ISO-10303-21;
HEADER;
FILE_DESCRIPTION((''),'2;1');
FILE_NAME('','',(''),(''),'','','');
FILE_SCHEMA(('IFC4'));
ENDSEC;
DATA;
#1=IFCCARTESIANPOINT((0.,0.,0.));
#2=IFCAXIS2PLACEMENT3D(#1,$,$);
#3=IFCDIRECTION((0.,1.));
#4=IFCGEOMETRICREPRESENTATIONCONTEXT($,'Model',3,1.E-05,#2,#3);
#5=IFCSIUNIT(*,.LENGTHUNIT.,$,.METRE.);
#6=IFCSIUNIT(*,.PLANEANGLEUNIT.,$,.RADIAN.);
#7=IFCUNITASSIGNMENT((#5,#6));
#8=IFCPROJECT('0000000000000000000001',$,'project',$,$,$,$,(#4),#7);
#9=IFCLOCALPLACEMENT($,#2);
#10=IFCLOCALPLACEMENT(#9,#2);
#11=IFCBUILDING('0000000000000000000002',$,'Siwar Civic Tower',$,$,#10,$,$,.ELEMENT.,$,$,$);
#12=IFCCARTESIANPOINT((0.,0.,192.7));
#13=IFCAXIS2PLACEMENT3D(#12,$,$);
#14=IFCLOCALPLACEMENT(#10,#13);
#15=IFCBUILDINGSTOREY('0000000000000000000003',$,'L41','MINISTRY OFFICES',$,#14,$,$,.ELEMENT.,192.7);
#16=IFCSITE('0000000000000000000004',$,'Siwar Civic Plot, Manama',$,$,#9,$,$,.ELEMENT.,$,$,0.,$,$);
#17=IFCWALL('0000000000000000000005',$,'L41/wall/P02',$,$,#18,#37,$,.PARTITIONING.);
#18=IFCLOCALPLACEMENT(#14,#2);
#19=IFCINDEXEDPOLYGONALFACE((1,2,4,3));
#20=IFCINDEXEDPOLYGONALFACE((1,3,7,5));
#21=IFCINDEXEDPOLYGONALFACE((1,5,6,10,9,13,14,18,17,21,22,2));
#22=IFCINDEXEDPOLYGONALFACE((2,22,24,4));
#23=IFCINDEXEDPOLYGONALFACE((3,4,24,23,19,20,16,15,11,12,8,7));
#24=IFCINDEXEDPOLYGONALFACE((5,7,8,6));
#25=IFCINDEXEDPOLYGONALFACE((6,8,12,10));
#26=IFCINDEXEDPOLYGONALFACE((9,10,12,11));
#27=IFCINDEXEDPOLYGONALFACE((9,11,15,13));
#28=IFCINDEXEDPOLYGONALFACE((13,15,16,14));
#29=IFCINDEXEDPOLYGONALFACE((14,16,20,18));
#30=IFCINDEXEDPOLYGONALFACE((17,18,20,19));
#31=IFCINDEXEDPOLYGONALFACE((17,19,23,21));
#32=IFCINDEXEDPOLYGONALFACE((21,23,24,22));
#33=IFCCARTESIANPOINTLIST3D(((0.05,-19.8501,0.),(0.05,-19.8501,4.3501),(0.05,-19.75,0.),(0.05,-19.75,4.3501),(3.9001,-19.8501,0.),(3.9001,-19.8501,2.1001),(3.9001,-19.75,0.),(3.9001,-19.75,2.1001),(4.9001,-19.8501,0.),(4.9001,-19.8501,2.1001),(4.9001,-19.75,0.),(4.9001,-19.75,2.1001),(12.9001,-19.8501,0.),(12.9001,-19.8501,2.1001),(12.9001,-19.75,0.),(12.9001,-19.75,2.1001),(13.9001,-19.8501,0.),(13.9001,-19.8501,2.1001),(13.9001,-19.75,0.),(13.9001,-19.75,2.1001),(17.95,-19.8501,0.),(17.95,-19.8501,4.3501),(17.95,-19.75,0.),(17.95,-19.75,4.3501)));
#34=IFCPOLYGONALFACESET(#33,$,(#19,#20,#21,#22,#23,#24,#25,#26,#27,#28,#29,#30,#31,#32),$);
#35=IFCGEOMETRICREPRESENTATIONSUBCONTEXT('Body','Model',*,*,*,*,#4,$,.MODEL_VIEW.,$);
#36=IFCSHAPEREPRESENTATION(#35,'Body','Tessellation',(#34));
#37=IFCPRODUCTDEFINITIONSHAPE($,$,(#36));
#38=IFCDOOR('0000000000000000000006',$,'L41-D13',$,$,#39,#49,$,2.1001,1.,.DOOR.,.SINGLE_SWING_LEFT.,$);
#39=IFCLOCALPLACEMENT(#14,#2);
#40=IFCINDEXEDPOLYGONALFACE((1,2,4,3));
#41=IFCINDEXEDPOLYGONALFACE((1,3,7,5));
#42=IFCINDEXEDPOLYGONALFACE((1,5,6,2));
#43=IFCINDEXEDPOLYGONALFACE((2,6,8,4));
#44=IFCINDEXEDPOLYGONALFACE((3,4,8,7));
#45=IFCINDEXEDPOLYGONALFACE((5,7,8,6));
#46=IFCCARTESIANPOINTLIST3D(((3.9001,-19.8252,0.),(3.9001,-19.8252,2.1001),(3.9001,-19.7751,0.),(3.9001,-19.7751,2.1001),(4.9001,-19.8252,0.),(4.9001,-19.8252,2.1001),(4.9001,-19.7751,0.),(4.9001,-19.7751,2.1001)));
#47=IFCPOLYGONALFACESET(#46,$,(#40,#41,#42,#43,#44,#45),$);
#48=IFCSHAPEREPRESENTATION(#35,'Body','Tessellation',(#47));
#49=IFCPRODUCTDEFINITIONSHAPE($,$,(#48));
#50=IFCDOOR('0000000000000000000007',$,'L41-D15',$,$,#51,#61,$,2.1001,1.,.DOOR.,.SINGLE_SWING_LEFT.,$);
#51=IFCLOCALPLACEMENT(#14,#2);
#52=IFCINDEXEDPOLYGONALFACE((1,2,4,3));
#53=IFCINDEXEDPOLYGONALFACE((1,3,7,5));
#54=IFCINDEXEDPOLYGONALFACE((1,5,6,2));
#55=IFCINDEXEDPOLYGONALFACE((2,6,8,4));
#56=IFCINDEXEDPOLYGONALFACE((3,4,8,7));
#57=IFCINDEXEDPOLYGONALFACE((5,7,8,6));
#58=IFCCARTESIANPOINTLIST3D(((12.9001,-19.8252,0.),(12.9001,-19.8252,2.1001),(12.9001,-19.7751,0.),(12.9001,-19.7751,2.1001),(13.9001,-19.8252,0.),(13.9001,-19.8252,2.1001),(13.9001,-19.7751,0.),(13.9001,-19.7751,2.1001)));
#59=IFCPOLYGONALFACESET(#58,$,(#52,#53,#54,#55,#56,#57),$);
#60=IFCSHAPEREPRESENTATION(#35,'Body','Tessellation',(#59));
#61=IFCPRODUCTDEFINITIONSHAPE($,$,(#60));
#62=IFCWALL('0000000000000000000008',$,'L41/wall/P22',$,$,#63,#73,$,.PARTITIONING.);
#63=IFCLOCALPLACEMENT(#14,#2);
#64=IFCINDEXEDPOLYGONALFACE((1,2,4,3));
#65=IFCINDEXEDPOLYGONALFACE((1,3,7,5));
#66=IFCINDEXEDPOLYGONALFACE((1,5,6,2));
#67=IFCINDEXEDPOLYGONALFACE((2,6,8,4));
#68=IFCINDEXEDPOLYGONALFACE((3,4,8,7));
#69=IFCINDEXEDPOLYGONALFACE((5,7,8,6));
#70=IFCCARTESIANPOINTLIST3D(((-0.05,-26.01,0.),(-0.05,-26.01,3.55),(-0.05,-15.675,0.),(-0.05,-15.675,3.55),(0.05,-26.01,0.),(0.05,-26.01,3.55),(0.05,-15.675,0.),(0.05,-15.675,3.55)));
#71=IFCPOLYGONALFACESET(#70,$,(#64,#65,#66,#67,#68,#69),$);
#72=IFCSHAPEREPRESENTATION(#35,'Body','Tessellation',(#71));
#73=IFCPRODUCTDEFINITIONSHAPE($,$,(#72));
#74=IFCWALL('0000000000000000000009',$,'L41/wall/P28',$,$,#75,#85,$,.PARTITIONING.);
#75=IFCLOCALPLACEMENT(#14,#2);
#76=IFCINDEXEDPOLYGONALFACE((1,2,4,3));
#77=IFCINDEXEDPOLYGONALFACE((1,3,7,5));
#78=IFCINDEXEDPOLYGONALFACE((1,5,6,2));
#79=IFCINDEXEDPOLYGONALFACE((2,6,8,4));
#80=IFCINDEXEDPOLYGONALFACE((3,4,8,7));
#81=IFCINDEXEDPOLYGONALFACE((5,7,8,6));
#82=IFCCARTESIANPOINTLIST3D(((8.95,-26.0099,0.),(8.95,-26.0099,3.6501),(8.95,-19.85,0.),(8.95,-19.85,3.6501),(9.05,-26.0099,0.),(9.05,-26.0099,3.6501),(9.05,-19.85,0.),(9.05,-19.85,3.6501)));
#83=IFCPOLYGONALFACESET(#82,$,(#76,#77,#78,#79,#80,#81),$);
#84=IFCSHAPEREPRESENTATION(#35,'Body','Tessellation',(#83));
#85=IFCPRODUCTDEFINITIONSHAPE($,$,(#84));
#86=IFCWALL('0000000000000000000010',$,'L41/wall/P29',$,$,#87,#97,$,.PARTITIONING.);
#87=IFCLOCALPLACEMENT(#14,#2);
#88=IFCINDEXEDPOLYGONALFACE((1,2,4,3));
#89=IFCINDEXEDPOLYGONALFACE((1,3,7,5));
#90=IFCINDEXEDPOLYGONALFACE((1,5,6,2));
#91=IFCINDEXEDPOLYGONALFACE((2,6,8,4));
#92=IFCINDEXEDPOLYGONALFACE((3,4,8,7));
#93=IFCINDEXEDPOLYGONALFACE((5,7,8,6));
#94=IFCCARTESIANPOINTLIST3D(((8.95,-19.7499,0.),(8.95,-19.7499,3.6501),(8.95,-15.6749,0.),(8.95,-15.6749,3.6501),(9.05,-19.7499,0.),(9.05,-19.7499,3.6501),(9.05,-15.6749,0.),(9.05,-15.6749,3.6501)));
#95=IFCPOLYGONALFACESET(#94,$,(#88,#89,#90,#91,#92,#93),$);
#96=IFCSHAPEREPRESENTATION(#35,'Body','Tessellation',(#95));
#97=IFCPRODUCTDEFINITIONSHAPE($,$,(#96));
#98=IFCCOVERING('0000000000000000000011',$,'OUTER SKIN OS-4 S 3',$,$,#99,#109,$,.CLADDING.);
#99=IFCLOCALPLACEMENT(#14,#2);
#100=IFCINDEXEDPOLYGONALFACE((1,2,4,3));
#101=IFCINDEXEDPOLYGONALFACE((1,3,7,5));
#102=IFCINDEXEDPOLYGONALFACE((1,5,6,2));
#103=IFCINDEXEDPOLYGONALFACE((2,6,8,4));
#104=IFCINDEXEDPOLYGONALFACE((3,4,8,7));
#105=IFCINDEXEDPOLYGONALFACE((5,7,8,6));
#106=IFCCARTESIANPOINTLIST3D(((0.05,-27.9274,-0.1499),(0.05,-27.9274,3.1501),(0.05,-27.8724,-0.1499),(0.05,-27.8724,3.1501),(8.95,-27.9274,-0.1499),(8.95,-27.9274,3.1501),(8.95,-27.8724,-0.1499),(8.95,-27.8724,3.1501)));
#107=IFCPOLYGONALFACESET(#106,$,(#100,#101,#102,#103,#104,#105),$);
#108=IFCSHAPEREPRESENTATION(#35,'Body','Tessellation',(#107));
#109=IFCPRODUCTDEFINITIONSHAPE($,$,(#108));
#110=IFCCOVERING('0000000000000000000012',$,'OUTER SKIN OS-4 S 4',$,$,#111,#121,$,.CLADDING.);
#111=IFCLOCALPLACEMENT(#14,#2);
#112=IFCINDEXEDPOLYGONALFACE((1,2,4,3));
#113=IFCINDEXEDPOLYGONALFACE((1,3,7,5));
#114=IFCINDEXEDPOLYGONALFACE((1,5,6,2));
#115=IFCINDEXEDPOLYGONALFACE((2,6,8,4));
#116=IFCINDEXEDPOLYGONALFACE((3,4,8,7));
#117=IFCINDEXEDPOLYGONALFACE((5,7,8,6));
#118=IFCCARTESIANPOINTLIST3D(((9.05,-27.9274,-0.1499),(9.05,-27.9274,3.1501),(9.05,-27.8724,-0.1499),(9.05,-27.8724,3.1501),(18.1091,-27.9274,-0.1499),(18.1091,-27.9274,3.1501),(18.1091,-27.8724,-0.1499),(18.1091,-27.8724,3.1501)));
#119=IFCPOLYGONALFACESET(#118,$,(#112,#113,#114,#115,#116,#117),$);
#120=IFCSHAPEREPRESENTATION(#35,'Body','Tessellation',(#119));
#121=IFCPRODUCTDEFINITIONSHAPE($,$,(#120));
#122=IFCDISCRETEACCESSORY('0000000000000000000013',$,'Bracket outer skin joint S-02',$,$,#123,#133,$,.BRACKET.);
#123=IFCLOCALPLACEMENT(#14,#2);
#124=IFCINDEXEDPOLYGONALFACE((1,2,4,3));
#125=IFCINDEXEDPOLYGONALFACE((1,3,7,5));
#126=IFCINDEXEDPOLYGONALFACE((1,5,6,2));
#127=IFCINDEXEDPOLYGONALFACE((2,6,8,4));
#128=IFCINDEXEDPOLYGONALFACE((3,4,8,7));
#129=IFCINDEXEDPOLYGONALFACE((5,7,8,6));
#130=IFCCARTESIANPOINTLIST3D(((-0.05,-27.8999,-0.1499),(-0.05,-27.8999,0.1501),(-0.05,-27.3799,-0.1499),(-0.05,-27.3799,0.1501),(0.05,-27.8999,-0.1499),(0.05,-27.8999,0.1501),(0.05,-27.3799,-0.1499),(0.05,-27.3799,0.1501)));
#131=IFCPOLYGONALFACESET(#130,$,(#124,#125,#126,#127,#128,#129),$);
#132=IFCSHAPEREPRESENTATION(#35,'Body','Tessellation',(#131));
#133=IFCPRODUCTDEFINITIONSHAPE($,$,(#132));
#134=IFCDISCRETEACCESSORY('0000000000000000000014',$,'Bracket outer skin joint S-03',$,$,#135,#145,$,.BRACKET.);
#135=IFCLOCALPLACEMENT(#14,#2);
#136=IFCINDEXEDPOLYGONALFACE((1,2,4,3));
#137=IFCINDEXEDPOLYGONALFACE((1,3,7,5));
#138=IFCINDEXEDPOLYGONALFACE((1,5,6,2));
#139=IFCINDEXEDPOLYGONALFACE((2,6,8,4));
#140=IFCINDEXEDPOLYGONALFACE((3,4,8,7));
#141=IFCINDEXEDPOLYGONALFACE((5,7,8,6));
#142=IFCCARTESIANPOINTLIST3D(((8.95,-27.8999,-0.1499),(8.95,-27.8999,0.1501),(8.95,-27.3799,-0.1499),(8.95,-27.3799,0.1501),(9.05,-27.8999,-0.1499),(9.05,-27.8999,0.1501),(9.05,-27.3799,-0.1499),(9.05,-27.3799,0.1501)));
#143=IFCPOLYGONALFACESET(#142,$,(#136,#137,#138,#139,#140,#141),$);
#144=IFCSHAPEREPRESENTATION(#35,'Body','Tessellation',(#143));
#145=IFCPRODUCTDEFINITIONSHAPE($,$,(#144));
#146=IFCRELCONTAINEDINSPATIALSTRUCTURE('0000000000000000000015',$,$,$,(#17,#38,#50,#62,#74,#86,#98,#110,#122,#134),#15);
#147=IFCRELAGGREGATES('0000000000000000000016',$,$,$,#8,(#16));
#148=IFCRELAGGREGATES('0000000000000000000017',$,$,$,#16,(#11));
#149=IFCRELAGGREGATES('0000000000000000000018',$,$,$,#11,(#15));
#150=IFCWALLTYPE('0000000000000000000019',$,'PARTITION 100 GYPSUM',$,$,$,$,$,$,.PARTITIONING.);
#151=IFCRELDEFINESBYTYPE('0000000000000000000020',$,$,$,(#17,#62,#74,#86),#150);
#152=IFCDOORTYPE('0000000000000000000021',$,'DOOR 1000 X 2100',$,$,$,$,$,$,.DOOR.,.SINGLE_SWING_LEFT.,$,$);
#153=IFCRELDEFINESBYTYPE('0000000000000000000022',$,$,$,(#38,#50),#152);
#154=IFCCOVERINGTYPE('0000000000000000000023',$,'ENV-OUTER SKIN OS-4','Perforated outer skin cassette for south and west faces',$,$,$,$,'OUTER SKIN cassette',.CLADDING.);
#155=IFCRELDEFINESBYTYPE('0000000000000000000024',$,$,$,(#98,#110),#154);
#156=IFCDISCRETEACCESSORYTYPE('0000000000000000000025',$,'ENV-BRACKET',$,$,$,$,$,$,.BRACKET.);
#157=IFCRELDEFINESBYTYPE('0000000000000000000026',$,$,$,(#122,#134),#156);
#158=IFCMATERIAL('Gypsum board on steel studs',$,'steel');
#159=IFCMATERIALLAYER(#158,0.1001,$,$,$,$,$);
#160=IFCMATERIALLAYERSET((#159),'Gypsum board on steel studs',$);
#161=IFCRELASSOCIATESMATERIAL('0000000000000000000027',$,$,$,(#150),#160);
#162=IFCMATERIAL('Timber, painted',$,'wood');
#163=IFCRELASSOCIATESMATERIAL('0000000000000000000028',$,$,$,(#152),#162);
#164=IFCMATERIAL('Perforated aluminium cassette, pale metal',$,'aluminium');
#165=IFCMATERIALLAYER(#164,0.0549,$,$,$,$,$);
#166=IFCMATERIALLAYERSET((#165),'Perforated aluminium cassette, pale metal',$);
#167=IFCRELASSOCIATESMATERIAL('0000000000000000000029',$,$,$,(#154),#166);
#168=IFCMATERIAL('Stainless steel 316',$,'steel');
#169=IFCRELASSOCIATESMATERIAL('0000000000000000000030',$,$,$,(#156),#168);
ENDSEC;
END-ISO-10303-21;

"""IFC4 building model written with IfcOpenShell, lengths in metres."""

from ifc_helpers import new_model, si_unit, direction, frame, frame_2d, origin, origin_2d, place, context, subcontext, project, spatial, rectangle, extrude, material, layer, layer_set, type_object, element, fill, save


model = new_model("IFC4")

# Units and contexts
model_context = context("Model", 3, precision=1e-05, world=origin(), true_north=direction((0.0, 1.0)))
body_context = subcontext(model_context, "Body", "Model", "MODEL_VIEW")
ifc_project = project(units=[si_unit("LENGTHUNIT", "METRE"), si_unit("PLANEANGLEUNIT", "RADIAN")], contexts=[model_context])

# Site, building, storey
site_placement = place(None, origin())
site = spatial("IfcSite", under=ifc_project, at=site_placement, Name="Siwar Civic Plot, Manama", CompositionType="ELEMENT", RefElevation=0.0)
building_placement = place(site_placement, origin())
building = spatial("IfcBuilding", under=site, at=building_placement, Name="Siwar Civic Tower", CompositionType="ELEMENT")
storey_placement = place(building_placement, frame((0.0, 0.0, 192.7)))
storey = spatial("IfcBuildingStorey", under=building, at=storey_placement, Name="L41", Description="MINISTRY OFFICES", CompositionType="ELEMENT", Elevation=192.7)

# Wall, openings, doors
ifc_material_1 = material(Name="Gypsum board on steel studs", Category="steel")
ifc_layer_1 = layer(ifc_material_1, 0.1001)
ifc_layer_set_1 = layer_set([ifc_layer_1], Name="Gypsum board on steel studs")
wall_type_1 = type_object("IfcWallType", Name="PARTITION 100 GYPSUM", PredefinedType="PARTITIONING", material=ifc_layer_set_1)
wall_1_placement = place(storey_placement, frame((0.05, -19.8, 0.0), z_axis=(0.0, 0.0, 1.0), x_axis=(1.0, 0.0, 0.0)))
wall_1 = element("IfcWall", 1, at=wall_1_placement, inside=storey, type_object=wall_type_1, Name="L41/wall/P02", PredefinedType="PARTITIONING", context=body_context, shape_type="SweptSolid", body=[
    extrude(rectangle(XDim=17.8999, YDim=0.1001, at=frame_2d((8.95, 0.0))), origin(), (0.0, 0.0, 1.0), 4.3501),
])
opening_1_placement = place(wall_1_placement, frame((3.8501, 0.0, 0.0)))
opening_1 = element("IfcOpeningElement", 2, at=opening_1_placement, cuts=wall_1, PredefinedType="OPENING", context=body_context, shape_type="SweptSolid", body=[
    extrude(rectangle(XDim=1.0, YDim=2.1001, at=frame_2d((0.5, 1.05))), frame((0.0, 0.0601, 0.0), z_axis=(0.0, -1.0, 0.0), x_axis=(1.0, 0.0, 0.0)), (0.0, 0.0, 1.0), 0.1201),
])
opening_2_placement = place(wall_1_placement, frame((12.8501, 0.0, 0.0)))
opening_2 = element("IfcOpeningElement", 3, at=opening_2_placement, cuts=wall_1, PredefinedType="OPENING", context=body_context, shape_type="SweptSolid", body=[
    extrude(rectangle(XDim=1.0, YDim=2.1001, at=frame_2d((0.5, 1.05))), frame((0.0, 0.0601, 0.0), z_axis=(0.0, -1.0, 0.0), x_axis=(1.0, 0.0, 0.0)), (0.0, 0.0, 1.0), 0.1201),
])
ifc_material_2 = material(Name="Timber, painted", Category="wood")
door_type = type_object("IfcDoorType", Name="DOOR 1000 X 2100", OperationType="SINGLE_SWING_LEFT", PredefinedType="DOOR", material=ifc_material_2)
door_1_placement = place(opening_1_placement, origin())
door_1 = element("IfcDoor", 4, at=door_1_placement, inside=storey, type_object=door_type, Name="L41-D13", OperationType="SINGLE_SWING_LEFT", OverallHeight=2.1001, OverallWidth=1.0, PredefinedType="DOOR", context=body_context, shape_type="SweptSolid", body=[
    extrude(rectangle(XDim=1.0, YDim=2.1001, at=frame_2d((0.5, 1.05))), frame((0.0, 0.0249, 0.0), z_axis=(0.0, -1.0, 0.0), x_axis=(1.0, 0.0, 0.0)), (0.0, 0.0, 1.0), 0.05),
])
fill(opening_1, door_1)
door_2_placement = place(opening_2_placement, origin())
door_2 = element("IfcDoor", 5, at=door_2_placement, inside=storey, type_object=door_type, Name="L41-D15", OperationType="SINGLE_SWING_LEFT", OverallHeight=2.1001, OverallWidth=1.0, PredefinedType="DOOR", context=body_context, shape_type="SweptSolid", body=[
    extrude(rectangle(XDim=1.0, YDim=2.1001, at=frame_2d((0.5, 1.05))), frame((0.0, 0.0249, 0.0), z_axis=(0.0, -1.0, 0.0), x_axis=(1.0, 0.0, 0.0)), (0.0, 0.0, 1.0), 0.05),
])
fill(opening_2, door_2)

# Walls
wall_2_placement = place(storey_placement, frame((0.0, -26.01, 0.0), z_axis=(0.0, 0.0, 1.0), x_axis=(0.0, 1.0, 0.0)))
element("IfcWall", 6, at=wall_2_placement, inside=storey, type_object=wall_type_1, Name="L41/wall/P22", PredefinedType="PARTITIONING", context=body_context, shape_type="SweptSolid", body=[
    extrude(rectangle(XDim=10.335, YDim=0.1001, at=frame_2d((5.1675, 0.0))), origin(), (0.0, 0.0, 1.0), 3.55),
])
wall_3_placement = place(storey_placement, frame((9.0, -26.01, 0.0), z_axis=(0.0, 0.0, 1.0), x_axis=(0.0, 1.0, 0.0)))
element("IfcWall", 7, at=wall_3_placement, inside=storey, type_object=wall_type_1, Name="L41/wall/P28", PredefinedType="PARTITIONING", context=body_context, shape_type="SweptSolid", body=[
    extrude(rectangle(XDim=6.1599, YDim=0.1001, at=frame_2d((3.0801, 0.0))), origin(), (0.0, 0.0, 1.0), 3.6501),
])
wall_4_placement = place(storey_placement, frame((9.0, -19.75, 0.0), z_axis=(0.0, 0.0, 1.0), x_axis=(0.0, 1.0, 0.0)))
element("IfcWall", 8, at=wall_4_placement, inside=storey, type_object=wall_type_1, Name="L41/wall/P29", PredefinedType="PARTITIONING", context=body_context, shape_type="SweptSolid", body=[
    extrude(rectangle(XDim=4.075, YDim=0.1001, at=frame_2d((2.0376, 0.0))), origin(), (0.0, 0.0, 1.0), 3.6501),
])

# Coverings
ifc_material_3 = material(Name="Perforated aluminium cassette, pale metal", Category="aluminium")
ifc_layer_2 = layer(ifc_material_3, 0.0549)
ifc_layer_set_2 = layer_set([ifc_layer_2], Name="Perforated aluminium cassette, pale metal")
covering_type = type_object("IfcCoveringType", Name="ENV-OUTER SKIN OS-4", Description="Perforated outer skin cassette for south and west faces", ElementType="OUTER SKIN cassette", PredefinedType="CLADDING", material=ifc_layer_set_2)
covering_1_placement = place(storey_placement, frame((4.5, -27.8999, -0.1499), z_axis=(0.0, 0.0, 1.0), x_axis=(1.0, 0.0, 0.0)))
element("IfcCovering", 9, at=covering_1_placement, inside=storey, type_object=covering_type, Name="OUTER SKIN OS-4 S 3", PredefinedType="CLADDING", context=body_context, shape_type="SweptSolid", body=[
    extrude(rectangle(XDim=8.8999, YDim=0.0549, at=origin_2d()), origin(), (0.0, 0.0, 1.0), 3.3),
])
covering_2_placement = place(storey_placement, frame((13.5796, -27.8999, -0.1499), z_axis=(0.0, 0.0, 1.0), x_axis=(1.0, 0.0, 0.0)))
element("IfcCovering", 10, at=covering_2_placement, inside=storey, type_object=covering_type, Name="OUTER SKIN OS-4 S 4", PredefinedType="CLADDING", context=body_context, shape_type="SweptSolid", body=[
    extrude(rectangle(XDim=9.0591, YDim=0.0549, at=origin_2d()), origin(), (0.0, 0.0, 1.0), 3.3),
])

# Discrete accessories
ifc_material_4 = material(Name="Stainless steel 316", Category="steel")
discrete_accessory_type = type_object("IfcDiscreteAccessoryType", Name="ENV-BRACKET", PredefinedType="BRACKET", material=ifc_material_4)
for number, where, z_axis, x_axis, name in (
    (11, (0.0, -27.6399, -0.1499), (0.0, 0.0, 1.0), (0.0, -1.0, 0.0), "Bracket outer skin joint S-02"),
    (12, (9.0, -27.6399, -0.1499), (0.0, 0.0, 1.0), (0.0, -1.0, 0.0), "Bracket outer skin joint S-03"),
):
    element("IfcDiscreteAccessory", number, at=place(storey_placement, frame(where, z_axis=z_axis, x_axis=x_axis)), inside=storey, type_object=discrete_accessory_type, Name=name, PredefinedType="BRACKET", context=body_context, shape_type="SweptSolid", body=[
        extrude(rectangle(XDim=0.52, YDim=0.1001, at=origin_2d()), origin(), (0.0, 0.0, 1.0), 0.3),
    ])

save(model, "model.ifc")
